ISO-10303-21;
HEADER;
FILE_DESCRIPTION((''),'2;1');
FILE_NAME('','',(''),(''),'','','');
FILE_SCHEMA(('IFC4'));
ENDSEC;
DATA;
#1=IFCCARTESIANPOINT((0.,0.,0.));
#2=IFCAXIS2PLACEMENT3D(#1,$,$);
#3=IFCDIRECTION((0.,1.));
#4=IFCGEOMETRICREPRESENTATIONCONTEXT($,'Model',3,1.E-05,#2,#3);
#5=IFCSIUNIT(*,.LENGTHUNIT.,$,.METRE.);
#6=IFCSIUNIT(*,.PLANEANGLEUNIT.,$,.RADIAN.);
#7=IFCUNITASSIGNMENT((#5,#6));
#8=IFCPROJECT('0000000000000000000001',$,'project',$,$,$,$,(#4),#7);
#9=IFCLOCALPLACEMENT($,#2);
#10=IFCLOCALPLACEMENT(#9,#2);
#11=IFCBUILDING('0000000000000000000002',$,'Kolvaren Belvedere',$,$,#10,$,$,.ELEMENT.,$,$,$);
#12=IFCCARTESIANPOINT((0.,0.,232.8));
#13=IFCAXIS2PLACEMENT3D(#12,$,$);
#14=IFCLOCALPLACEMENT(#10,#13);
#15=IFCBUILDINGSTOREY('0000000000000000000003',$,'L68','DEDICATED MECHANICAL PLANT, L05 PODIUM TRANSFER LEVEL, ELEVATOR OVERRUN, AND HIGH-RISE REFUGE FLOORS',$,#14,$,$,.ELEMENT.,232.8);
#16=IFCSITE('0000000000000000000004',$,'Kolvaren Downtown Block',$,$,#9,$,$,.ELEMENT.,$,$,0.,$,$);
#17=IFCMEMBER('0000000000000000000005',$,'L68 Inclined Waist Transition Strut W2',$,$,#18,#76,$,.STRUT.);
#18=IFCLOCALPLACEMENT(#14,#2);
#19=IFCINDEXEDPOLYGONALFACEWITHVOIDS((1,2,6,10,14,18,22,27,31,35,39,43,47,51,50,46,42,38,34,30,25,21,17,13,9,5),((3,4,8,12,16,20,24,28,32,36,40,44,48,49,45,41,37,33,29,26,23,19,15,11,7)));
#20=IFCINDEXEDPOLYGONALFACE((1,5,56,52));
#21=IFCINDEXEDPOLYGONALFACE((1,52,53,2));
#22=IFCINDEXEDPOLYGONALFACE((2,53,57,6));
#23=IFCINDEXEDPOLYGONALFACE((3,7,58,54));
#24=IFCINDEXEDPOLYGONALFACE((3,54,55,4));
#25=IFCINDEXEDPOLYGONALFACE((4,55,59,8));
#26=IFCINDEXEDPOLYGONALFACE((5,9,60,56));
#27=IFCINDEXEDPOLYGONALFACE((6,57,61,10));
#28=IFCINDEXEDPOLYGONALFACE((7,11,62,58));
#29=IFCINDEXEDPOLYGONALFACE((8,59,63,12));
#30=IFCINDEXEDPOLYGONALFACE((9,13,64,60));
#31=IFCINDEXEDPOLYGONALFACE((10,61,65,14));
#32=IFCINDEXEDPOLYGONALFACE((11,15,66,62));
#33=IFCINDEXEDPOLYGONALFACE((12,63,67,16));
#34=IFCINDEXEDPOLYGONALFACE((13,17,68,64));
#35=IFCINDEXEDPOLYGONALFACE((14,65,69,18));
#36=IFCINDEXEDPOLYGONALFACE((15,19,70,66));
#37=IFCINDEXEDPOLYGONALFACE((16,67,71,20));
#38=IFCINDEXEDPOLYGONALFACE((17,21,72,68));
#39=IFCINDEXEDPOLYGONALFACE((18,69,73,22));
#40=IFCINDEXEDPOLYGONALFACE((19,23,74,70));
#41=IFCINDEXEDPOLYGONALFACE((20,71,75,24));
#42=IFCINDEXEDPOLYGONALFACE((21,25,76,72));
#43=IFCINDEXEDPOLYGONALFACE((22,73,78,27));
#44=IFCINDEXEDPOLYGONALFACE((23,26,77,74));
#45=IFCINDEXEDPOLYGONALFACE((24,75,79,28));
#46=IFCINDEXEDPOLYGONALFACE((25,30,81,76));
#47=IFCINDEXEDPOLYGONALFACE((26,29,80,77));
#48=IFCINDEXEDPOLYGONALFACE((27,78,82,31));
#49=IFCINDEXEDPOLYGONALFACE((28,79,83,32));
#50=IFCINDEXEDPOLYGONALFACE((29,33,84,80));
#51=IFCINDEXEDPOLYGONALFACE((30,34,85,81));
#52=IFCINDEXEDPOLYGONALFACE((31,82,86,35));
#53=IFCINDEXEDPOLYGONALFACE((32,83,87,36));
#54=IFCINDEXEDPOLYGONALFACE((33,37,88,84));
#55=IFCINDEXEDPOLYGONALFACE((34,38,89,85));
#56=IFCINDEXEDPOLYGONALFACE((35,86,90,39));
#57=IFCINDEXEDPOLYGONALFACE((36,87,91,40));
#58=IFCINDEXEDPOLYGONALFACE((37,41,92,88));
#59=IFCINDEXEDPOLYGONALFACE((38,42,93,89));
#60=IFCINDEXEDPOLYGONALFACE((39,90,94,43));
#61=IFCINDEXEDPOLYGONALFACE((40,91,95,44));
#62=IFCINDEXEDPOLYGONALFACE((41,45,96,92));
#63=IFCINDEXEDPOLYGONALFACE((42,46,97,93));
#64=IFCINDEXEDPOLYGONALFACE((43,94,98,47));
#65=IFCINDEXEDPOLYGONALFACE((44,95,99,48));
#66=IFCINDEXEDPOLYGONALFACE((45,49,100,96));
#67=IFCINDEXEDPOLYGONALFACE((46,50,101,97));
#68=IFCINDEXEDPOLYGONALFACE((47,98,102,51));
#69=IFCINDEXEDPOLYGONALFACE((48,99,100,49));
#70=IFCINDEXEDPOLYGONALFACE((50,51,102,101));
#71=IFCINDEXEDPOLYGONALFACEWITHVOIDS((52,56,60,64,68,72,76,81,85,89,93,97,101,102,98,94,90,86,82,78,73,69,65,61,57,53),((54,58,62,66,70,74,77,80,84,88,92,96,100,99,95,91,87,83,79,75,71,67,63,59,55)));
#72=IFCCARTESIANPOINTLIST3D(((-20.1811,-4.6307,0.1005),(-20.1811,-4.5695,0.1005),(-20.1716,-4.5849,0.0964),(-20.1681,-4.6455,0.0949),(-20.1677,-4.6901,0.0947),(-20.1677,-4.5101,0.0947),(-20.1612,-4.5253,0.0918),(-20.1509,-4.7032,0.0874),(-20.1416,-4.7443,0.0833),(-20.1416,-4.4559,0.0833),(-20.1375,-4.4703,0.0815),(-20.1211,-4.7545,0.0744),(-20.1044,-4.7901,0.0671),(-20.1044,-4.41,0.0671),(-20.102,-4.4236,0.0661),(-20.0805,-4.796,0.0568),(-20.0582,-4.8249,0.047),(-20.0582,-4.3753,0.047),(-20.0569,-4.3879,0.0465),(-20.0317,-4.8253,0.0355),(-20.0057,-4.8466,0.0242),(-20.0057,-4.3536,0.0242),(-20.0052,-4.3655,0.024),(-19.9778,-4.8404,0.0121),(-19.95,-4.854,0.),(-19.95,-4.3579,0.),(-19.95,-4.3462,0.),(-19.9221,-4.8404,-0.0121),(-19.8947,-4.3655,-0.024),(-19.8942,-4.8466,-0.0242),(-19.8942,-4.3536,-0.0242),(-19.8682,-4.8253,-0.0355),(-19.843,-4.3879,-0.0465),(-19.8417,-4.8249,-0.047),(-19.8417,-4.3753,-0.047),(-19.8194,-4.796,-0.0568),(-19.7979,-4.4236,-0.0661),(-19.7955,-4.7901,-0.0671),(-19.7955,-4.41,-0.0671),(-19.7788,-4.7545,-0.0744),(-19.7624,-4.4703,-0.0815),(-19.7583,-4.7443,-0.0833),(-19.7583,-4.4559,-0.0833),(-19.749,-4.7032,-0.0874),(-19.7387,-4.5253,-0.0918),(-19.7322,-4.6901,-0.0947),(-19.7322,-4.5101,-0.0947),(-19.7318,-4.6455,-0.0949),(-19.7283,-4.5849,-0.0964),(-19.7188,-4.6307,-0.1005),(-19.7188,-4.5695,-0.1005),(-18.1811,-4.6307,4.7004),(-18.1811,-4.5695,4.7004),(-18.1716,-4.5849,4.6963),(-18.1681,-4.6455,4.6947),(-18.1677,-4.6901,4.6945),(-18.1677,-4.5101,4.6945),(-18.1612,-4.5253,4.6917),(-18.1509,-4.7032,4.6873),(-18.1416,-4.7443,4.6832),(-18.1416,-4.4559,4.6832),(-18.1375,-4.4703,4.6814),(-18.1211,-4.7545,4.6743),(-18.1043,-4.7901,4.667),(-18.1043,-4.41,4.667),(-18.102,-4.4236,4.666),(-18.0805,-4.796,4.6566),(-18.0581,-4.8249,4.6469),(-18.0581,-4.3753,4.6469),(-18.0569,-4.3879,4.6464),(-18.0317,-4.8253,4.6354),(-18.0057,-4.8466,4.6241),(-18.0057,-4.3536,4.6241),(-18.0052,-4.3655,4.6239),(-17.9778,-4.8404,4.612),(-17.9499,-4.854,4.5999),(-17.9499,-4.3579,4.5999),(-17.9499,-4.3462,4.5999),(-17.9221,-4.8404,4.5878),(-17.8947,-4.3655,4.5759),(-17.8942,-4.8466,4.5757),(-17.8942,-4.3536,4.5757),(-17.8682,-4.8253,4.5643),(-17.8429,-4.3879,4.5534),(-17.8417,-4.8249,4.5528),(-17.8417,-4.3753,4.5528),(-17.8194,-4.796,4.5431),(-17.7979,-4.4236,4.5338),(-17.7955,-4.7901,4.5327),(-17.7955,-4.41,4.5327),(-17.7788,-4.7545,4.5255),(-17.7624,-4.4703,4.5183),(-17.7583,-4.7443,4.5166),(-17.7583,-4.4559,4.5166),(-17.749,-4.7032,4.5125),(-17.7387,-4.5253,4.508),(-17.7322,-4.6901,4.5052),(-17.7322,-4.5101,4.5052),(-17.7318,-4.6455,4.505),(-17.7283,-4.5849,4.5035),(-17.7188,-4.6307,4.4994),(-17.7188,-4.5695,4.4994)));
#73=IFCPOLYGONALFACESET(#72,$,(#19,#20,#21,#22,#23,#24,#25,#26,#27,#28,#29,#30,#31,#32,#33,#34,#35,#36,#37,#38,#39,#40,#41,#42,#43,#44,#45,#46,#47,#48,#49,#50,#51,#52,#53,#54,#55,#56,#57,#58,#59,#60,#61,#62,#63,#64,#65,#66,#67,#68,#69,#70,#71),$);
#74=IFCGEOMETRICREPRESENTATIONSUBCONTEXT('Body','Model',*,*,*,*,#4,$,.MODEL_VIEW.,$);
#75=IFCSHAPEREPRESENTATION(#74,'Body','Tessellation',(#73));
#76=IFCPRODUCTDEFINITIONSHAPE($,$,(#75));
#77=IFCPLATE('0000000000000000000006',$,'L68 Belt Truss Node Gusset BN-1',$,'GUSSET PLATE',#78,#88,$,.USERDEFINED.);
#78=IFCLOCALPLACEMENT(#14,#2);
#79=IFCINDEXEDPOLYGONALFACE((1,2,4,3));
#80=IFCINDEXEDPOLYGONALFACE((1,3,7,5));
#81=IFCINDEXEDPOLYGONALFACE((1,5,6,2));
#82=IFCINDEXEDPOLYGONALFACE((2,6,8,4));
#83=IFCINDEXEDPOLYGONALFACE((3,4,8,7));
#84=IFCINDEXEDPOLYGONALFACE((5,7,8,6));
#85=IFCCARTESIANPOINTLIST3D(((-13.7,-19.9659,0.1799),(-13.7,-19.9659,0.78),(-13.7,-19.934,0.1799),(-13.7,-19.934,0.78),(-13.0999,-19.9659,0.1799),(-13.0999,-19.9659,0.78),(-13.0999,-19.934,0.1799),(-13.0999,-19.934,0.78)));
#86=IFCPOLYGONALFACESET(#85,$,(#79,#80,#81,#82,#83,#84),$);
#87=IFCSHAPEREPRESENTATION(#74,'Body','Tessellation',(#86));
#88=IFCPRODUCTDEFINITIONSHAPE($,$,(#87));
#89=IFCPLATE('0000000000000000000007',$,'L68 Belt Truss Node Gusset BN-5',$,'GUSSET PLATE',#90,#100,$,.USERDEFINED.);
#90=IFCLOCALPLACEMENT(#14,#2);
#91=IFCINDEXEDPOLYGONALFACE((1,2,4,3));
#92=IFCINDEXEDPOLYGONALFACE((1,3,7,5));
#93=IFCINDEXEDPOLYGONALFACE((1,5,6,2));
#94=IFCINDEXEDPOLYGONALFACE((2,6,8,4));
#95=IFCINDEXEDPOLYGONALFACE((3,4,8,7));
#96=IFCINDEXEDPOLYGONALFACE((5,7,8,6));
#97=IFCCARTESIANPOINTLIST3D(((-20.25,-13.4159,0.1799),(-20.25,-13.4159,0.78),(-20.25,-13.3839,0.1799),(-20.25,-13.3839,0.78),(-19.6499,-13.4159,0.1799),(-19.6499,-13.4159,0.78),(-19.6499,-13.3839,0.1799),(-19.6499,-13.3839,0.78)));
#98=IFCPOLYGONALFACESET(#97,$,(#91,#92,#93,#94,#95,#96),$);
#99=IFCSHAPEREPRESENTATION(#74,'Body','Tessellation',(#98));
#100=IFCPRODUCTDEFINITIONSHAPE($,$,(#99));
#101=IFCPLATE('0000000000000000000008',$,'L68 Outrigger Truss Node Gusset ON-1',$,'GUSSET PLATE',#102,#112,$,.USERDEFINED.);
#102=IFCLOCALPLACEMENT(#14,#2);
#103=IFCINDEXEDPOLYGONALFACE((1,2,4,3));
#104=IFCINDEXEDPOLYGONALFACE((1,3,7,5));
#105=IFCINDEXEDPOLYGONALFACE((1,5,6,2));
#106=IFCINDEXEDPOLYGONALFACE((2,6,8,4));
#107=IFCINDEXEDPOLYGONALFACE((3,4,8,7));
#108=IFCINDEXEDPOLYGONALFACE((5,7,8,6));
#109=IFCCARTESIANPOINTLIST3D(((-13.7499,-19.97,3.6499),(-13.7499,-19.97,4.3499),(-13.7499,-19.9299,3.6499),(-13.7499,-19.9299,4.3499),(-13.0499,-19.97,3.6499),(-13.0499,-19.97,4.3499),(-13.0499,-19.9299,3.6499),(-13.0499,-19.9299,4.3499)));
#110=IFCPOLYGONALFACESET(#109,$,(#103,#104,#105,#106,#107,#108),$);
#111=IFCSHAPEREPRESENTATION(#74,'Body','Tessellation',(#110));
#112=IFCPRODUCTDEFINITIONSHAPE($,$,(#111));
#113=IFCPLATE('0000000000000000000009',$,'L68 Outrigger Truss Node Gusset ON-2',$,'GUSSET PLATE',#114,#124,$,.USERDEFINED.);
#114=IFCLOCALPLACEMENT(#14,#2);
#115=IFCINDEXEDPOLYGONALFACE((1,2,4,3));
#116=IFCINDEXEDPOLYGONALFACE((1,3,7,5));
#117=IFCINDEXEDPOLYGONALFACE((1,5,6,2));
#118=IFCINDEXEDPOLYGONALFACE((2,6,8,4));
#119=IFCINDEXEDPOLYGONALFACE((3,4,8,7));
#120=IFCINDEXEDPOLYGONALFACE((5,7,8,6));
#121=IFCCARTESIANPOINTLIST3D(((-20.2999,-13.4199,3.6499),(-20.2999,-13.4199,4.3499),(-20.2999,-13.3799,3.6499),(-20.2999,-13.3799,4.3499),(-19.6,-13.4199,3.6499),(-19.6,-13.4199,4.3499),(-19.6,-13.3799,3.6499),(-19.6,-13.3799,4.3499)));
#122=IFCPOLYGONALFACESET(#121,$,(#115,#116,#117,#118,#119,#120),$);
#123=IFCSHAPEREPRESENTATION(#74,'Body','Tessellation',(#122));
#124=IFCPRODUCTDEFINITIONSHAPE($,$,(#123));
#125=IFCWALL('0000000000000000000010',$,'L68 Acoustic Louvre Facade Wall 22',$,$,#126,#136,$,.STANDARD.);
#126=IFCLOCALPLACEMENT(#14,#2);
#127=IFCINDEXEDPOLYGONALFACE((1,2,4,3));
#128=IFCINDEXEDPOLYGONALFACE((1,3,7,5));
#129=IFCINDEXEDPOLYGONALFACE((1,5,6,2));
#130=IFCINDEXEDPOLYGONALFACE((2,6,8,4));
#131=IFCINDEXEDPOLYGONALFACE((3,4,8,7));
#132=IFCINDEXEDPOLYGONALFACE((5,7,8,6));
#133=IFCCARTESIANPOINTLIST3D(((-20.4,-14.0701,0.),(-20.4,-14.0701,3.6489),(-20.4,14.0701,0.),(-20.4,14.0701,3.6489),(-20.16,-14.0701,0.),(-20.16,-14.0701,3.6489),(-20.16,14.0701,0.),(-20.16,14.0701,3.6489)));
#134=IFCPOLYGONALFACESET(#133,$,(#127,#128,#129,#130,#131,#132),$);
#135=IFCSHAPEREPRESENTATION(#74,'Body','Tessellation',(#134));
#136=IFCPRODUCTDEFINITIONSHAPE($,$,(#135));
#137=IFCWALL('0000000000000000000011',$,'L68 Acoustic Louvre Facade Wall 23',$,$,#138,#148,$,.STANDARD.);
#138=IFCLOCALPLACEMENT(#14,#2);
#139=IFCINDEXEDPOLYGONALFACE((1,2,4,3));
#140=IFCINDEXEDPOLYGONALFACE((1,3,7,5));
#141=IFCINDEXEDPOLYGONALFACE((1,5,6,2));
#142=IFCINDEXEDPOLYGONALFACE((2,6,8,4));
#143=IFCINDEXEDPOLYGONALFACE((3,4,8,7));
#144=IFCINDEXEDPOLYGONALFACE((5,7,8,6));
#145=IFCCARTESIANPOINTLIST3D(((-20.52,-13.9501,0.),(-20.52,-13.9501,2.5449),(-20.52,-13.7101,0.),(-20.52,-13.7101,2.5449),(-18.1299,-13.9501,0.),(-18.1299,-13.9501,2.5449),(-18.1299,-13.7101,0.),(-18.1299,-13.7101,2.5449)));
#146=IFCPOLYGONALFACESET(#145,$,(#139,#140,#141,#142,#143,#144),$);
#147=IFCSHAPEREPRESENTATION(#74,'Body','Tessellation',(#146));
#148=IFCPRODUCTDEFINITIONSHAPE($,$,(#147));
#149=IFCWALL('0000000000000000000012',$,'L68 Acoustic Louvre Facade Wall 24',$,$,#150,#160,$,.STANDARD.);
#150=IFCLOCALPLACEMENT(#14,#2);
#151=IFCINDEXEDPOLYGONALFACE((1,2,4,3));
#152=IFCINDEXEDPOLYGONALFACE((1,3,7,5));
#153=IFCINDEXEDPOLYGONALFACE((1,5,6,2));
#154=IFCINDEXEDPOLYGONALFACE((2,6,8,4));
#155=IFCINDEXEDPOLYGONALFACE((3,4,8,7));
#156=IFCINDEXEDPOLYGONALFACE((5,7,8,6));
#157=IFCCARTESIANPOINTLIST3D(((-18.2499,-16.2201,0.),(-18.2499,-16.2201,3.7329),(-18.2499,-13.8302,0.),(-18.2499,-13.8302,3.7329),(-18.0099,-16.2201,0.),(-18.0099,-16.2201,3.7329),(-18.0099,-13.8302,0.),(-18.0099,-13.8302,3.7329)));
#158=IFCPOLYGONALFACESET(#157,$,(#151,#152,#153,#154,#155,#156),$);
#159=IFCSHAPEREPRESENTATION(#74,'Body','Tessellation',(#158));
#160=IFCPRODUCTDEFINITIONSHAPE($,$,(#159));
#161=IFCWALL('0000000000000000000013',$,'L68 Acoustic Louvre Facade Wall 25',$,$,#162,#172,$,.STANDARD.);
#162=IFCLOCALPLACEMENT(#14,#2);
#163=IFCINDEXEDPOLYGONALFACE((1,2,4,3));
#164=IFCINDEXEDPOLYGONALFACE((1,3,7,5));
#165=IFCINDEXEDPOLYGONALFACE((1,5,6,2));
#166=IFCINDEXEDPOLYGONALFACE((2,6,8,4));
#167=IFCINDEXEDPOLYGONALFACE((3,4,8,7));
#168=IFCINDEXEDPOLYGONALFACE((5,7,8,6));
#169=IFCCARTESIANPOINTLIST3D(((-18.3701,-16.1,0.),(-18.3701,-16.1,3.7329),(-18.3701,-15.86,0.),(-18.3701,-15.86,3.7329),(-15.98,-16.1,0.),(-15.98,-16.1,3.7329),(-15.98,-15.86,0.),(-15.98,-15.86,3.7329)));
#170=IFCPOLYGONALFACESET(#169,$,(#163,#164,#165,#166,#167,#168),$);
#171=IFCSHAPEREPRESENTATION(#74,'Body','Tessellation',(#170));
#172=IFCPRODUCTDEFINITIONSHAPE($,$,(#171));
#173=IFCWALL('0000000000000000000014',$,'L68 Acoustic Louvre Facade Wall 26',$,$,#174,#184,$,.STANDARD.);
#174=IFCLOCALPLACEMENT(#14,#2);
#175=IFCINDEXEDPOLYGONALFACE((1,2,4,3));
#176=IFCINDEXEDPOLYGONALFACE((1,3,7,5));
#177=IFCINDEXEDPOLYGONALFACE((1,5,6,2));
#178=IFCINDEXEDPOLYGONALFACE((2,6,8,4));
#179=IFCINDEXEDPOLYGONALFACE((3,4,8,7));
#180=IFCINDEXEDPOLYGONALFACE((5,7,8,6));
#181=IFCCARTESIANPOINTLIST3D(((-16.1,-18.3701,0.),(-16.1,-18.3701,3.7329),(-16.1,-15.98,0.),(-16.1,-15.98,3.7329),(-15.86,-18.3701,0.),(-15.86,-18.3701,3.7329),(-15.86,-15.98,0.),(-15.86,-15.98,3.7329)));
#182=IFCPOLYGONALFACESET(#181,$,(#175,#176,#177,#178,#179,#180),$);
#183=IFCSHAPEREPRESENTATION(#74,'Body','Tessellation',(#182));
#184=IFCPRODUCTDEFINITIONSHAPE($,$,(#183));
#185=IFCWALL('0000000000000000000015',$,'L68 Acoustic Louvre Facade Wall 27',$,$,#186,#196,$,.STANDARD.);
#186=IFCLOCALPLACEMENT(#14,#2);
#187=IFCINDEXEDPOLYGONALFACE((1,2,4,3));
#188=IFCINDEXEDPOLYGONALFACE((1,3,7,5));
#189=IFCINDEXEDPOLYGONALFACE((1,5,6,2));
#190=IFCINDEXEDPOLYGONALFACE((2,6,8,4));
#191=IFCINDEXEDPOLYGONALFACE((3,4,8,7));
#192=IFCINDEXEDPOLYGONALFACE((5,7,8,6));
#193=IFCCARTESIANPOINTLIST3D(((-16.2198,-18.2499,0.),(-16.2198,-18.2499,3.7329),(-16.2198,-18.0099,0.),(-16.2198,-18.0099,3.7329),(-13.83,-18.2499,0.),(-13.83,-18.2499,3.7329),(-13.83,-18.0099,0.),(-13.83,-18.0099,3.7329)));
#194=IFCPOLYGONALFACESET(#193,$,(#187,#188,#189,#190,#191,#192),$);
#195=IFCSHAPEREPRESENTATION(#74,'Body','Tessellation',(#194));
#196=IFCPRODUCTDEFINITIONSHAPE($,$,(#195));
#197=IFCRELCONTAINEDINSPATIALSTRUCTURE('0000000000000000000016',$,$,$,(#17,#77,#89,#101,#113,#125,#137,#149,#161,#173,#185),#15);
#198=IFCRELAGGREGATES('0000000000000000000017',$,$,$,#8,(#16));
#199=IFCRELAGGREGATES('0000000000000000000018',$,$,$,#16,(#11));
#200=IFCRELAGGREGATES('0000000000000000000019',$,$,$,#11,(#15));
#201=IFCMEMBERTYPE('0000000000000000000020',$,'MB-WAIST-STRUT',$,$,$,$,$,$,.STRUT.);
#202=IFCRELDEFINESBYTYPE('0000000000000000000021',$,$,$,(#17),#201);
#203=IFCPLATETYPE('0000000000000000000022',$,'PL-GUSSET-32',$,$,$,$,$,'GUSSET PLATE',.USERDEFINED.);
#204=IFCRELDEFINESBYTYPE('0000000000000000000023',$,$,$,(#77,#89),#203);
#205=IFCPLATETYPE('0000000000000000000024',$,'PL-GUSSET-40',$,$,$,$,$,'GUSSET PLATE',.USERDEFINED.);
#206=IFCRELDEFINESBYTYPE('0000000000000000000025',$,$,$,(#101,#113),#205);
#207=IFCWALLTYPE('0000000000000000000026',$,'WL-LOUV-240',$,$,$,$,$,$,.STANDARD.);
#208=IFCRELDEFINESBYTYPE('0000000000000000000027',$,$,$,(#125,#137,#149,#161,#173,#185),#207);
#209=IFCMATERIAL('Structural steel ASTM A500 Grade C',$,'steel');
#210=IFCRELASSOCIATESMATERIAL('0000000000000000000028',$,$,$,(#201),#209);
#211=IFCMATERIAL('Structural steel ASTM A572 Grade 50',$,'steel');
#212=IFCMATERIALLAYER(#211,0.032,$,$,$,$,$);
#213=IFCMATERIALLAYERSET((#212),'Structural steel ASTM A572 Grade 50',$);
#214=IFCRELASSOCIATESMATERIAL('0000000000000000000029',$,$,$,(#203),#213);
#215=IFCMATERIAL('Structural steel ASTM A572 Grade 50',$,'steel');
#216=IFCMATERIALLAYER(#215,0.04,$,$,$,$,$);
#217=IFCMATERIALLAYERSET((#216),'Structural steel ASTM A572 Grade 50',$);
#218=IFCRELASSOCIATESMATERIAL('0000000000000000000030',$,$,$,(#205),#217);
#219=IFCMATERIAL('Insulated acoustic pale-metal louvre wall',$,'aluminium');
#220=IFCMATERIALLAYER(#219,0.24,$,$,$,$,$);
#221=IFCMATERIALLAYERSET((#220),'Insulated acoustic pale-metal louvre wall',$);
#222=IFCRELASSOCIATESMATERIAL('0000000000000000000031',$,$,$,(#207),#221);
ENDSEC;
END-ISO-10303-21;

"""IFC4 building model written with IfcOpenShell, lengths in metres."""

from ifc_helpers import new_model, si_unit, direction, frame, frame_2d, origin, origin_2d, place, context, subcontext, project, spatial, rectangle, hollow_circle, extrude, material, layer, layer_set, material_profile, profile_set, type_object, element, save


model = new_model("IFC4")

# Units and contexts
model_context = context("Model", 3, precision=1e-05, world=origin(), true_north=direction((0.0, 1.0)))
body_context = subcontext(model_context, "Body", "Model", "MODEL_VIEW")
ifc_project = project(units=[si_unit("LENGTHUNIT", "METRE"), si_unit("PLANEANGLEUNIT", "RADIAN")], contexts=[model_context])

# Site, building, storey
site_placement = place(None, origin())
site = spatial("IfcSite", under=ifc_project, at=site_placement, Name="Kolvaren Downtown Block", CompositionType="ELEMENT", RefElevation=0.0)
building_placement = place(site_placement, origin())
building = spatial("IfcBuilding", under=site, at=building_placement, Name="Kolvaren Belvedere", CompositionType="ELEMENT")
storey_placement = place(building_placement, frame((0.0, 0.0, 232.8)))
storey = spatial("IfcBuildingStorey", under=building, at=storey_placement, Name="L68", Description="DEDICATED MECHANICAL PLANT, L05 PODIUM TRANSFER LEVEL, ELEVATOR OVERRUN, AND HIGH-RISE REFUGE FLOORS", CompositionType="ELEMENT", Elevation=232.8)

# Member
ifc_material_1 = material(Name="Structural steel ASTM A500 Grade C", Category="steel")
ifc_material_profile_1 = material_profile(ifc_material_1, hollow_circle(Radius=0.2539, WallThickness=0.0117, at=origin_2d()), Name="HSS20.000X0.500")
ifc_profile_set_1 = profile_set([ifc_material_profile_1], Name="Structural steel ASTM A500 Grade C")
member_type_1 = type_object("IfcMemberType", Name="MB-WAIST-STRUT", PredefinedType="STRUT", material=ifc_profile_set_1)
member_placement = place(storey_placement, frame((-19.95, -4.6001, 0.0), z_axis=(0.398737, 0.0, 0.917065), x_axis=(0.0, 1.0, 0.0)))
element("IfcMember", 1, at=member_placement, inside=storey, type_object=member_type_1, Name="L68 Inclined Waist Transition Strut W2", PredefinedType="STRUT", context=body_context, shape_type="SweptSolid", body=[
    extrude(hollow_circle(Radius=0.2539, WallThickness=0.0117, at=origin_2d()), origin(), (0.0, 0.0, 1.0), 5.0159),
])

# Plates
ifc_material_2 = material(Name="Structural steel ASTM A572 Grade 50", Category="steel")
ifc_layer_1 = layer(ifc_material_2, 0.032)
ifc_layer_set_1 = layer_set([ifc_layer_1], Name="Structural steel ASTM A572 Grade 50")
plate_type_1 = type_object("IfcPlateType", Name="PL-GUSSET-32", ElementType="GUSSET PLATE", PredefinedType="USERDEFINED", material=ifc_layer_set_1)
for number, where, z_axis, x_axis, name in (
    (2, (-13.3999, -19.95, 0.1799), (0.0, 0.0, 1.0), (1.0, 0.0, 0.0), "L68 Belt Truss Node Gusset BN-1"),
    (3, (-19.95, -13.3999, 0.1799), (0.0, 0.0, 1.0), (1.0, 0.0, 0.0), "L68 Belt Truss Node Gusset BN-5"),
):
    element("IfcPlate", number, at=place(storey_placement, frame(where, z_axis=z_axis, x_axis=x_axis)), inside=storey, type_object=plate_type_1, Name=name, ObjectType="GUSSET PLATE", PredefinedType="USERDEFINED", context=body_context, shape_type="SweptSolid", body=[
        extrude(rectangle(XDim=0.6001, YDim=0.032, at=origin_2d()), origin(), (0.0, 0.0, 1.0), 0.6001),
    ])
ifc_material_3 = material(Name="Structural steel ASTM A572 Grade 50", Category="steel")
ifc_layer_2 = layer(ifc_material_3, 0.04)
ifc_layer_set_2 = layer_set([ifc_layer_2], Name="Structural steel ASTM A572 Grade 50")
plate_type_2 = type_object("IfcPlateType", Name="PL-GUSSET-40", ElementType="GUSSET PLATE", PredefinedType="USERDEFINED", material=ifc_layer_set_2)
for number, where, z_axis, x_axis, name in (
    (4, (-13.3999, -19.95, 3.6499), (0.0, 0.0, 1.0), (1.0, 0.0, 0.0), "L68 Outrigger Truss Node Gusset ON-1"),
    (5, (-19.95, -13.3999, 3.6499), (0.0, 0.0, 1.0), (1.0, 0.0, 0.0), "L68 Outrigger Truss Node Gusset ON-2"),
):
    element("IfcPlate", number, at=place(storey_placement, frame(where, z_axis=z_axis, x_axis=x_axis)), inside=storey, type_object=plate_type_2, Name=name, ObjectType="GUSSET PLATE", PredefinedType="USERDEFINED", context=body_context, shape_type="SweptSolid", body=[
        extrude(rectangle(XDim=0.7, YDim=0.04, at=origin_2d()), origin(), (0.0, 0.0, 1.0), 0.7),
    ])

# Walls
ifc_material_4 = material(Name="Insulated acoustic pale-metal louvre wall", Category="aluminium")
ifc_layer_3 = layer(ifc_material_4, 0.24)
ifc_layer_set_3 = layer_set([ifc_layer_3], Name="Insulated acoustic pale-metal louvre wall")
wall_type_1 = type_object("IfcWallType", Name="WL-LOUV-240", PredefinedType="STANDARD", material=ifc_layer_set_3)
wall_1_placement = place(storey_placement, frame((-20.28, -14.0701, 0.0), z_axis=(0.0, 0.0, 1.0), x_axis=(0.0, 1.0, 0.0)))
element("IfcWall", 6, at=wall_1_placement, inside=storey, type_object=wall_type_1, Name="L68 Acoustic Louvre Facade Wall 22", PredefinedType="STANDARD", context=body_context, shape_type="SweptSolid", body=[
    extrude(rectangle(XDim=28.1401, YDim=0.24, at=frame_2d((14.0701, 0.0))), origin(), (0.0, 0.0, 1.0), 3.6489),
])
wall_2_placement = place(storey_placement, frame((-18.1299, -13.8301, 0.0), z_axis=(0.0, 0.0, 1.0), x_axis=(-1.0, 0.0, 0.0)))
element("IfcWall", 7, at=wall_2_placement, inside=storey, type_object=wall_type_1, Name="L68 Acoustic Louvre Facade Wall 23", PredefinedType="STANDARD", context=body_context, shape_type="SweptSolid", body=[
    extrude(rectangle(XDim=2.3901, YDim=0.24, at=frame_2d((1.1951, 0.0))), origin(), (0.0, 0.0, 1.0), 2.5449),
])
wall_3_placement = place(storey_placement, frame((-18.1299, -16.22, 0.0), z_axis=(0.0, 0.0, 1.0), x_axis=(0.0, 1.0, 0.0)))
element("IfcWall", 8, at=wall_3_placement, inside=storey, type_object=wall_type_1, Name="L68 Acoustic Louvre Facade Wall 24", PredefinedType="STANDARD", context=body_context, shape_type="SweptSolid", body=[
    extrude(rectangle(XDim=2.3899, YDim=0.24, at=frame_2d((1.1948, 0.0))), origin(), (0.0, 0.0, 1.0), 3.7329),
])
for number, where, z_axis, x_axis, name in (
    (9, (-15.98, -15.98, 0.0), (0.0, 0.0, 1.0), (-1.0, 0.0, 0.0), "L68 Acoustic Louvre Facade Wall 25"),
    (10, (-15.98, -18.3701, 0.0), (0.0, 0.0, 1.0), (0.0, 1.0, 0.0), "L68 Acoustic Louvre Facade Wall 26"),
):
    element("IfcWall", number, at=place(storey_placement, frame(where, z_axis=z_axis, x_axis=x_axis)), inside=storey, type_object=wall_type_1, Name=name, PredefinedType="STANDARD", context=body_context, shape_type="SweptSolid", body=[
        extrude(rectangle(XDim=2.3901, YDim=0.24, at=frame_2d((1.1951, 0.0))), origin(), (0.0, 0.0, 1.0), 3.7329),
    ])
wall_4_placement = place(storey_placement, frame((-13.8301, -18.1299, 0.0), z_axis=(0.0, 0.0, 1.0), x_axis=(-1.0, 0.0, 0.0)))
element("IfcWall", 11, at=wall_4_placement, inside=storey, type_object=wall_type_1, Name="L68 Acoustic Louvre Facade Wall 27", PredefinedType="STANDARD", context=body_context, shape_type="SweptSolid", body=[
    extrude(rectangle(XDim=2.3899, YDim=0.24, at=frame_2d((1.1948, 0.0))), origin(), (0.0, 0.0, 1.0), 3.7329),
])

save(model, "model.ifc")
